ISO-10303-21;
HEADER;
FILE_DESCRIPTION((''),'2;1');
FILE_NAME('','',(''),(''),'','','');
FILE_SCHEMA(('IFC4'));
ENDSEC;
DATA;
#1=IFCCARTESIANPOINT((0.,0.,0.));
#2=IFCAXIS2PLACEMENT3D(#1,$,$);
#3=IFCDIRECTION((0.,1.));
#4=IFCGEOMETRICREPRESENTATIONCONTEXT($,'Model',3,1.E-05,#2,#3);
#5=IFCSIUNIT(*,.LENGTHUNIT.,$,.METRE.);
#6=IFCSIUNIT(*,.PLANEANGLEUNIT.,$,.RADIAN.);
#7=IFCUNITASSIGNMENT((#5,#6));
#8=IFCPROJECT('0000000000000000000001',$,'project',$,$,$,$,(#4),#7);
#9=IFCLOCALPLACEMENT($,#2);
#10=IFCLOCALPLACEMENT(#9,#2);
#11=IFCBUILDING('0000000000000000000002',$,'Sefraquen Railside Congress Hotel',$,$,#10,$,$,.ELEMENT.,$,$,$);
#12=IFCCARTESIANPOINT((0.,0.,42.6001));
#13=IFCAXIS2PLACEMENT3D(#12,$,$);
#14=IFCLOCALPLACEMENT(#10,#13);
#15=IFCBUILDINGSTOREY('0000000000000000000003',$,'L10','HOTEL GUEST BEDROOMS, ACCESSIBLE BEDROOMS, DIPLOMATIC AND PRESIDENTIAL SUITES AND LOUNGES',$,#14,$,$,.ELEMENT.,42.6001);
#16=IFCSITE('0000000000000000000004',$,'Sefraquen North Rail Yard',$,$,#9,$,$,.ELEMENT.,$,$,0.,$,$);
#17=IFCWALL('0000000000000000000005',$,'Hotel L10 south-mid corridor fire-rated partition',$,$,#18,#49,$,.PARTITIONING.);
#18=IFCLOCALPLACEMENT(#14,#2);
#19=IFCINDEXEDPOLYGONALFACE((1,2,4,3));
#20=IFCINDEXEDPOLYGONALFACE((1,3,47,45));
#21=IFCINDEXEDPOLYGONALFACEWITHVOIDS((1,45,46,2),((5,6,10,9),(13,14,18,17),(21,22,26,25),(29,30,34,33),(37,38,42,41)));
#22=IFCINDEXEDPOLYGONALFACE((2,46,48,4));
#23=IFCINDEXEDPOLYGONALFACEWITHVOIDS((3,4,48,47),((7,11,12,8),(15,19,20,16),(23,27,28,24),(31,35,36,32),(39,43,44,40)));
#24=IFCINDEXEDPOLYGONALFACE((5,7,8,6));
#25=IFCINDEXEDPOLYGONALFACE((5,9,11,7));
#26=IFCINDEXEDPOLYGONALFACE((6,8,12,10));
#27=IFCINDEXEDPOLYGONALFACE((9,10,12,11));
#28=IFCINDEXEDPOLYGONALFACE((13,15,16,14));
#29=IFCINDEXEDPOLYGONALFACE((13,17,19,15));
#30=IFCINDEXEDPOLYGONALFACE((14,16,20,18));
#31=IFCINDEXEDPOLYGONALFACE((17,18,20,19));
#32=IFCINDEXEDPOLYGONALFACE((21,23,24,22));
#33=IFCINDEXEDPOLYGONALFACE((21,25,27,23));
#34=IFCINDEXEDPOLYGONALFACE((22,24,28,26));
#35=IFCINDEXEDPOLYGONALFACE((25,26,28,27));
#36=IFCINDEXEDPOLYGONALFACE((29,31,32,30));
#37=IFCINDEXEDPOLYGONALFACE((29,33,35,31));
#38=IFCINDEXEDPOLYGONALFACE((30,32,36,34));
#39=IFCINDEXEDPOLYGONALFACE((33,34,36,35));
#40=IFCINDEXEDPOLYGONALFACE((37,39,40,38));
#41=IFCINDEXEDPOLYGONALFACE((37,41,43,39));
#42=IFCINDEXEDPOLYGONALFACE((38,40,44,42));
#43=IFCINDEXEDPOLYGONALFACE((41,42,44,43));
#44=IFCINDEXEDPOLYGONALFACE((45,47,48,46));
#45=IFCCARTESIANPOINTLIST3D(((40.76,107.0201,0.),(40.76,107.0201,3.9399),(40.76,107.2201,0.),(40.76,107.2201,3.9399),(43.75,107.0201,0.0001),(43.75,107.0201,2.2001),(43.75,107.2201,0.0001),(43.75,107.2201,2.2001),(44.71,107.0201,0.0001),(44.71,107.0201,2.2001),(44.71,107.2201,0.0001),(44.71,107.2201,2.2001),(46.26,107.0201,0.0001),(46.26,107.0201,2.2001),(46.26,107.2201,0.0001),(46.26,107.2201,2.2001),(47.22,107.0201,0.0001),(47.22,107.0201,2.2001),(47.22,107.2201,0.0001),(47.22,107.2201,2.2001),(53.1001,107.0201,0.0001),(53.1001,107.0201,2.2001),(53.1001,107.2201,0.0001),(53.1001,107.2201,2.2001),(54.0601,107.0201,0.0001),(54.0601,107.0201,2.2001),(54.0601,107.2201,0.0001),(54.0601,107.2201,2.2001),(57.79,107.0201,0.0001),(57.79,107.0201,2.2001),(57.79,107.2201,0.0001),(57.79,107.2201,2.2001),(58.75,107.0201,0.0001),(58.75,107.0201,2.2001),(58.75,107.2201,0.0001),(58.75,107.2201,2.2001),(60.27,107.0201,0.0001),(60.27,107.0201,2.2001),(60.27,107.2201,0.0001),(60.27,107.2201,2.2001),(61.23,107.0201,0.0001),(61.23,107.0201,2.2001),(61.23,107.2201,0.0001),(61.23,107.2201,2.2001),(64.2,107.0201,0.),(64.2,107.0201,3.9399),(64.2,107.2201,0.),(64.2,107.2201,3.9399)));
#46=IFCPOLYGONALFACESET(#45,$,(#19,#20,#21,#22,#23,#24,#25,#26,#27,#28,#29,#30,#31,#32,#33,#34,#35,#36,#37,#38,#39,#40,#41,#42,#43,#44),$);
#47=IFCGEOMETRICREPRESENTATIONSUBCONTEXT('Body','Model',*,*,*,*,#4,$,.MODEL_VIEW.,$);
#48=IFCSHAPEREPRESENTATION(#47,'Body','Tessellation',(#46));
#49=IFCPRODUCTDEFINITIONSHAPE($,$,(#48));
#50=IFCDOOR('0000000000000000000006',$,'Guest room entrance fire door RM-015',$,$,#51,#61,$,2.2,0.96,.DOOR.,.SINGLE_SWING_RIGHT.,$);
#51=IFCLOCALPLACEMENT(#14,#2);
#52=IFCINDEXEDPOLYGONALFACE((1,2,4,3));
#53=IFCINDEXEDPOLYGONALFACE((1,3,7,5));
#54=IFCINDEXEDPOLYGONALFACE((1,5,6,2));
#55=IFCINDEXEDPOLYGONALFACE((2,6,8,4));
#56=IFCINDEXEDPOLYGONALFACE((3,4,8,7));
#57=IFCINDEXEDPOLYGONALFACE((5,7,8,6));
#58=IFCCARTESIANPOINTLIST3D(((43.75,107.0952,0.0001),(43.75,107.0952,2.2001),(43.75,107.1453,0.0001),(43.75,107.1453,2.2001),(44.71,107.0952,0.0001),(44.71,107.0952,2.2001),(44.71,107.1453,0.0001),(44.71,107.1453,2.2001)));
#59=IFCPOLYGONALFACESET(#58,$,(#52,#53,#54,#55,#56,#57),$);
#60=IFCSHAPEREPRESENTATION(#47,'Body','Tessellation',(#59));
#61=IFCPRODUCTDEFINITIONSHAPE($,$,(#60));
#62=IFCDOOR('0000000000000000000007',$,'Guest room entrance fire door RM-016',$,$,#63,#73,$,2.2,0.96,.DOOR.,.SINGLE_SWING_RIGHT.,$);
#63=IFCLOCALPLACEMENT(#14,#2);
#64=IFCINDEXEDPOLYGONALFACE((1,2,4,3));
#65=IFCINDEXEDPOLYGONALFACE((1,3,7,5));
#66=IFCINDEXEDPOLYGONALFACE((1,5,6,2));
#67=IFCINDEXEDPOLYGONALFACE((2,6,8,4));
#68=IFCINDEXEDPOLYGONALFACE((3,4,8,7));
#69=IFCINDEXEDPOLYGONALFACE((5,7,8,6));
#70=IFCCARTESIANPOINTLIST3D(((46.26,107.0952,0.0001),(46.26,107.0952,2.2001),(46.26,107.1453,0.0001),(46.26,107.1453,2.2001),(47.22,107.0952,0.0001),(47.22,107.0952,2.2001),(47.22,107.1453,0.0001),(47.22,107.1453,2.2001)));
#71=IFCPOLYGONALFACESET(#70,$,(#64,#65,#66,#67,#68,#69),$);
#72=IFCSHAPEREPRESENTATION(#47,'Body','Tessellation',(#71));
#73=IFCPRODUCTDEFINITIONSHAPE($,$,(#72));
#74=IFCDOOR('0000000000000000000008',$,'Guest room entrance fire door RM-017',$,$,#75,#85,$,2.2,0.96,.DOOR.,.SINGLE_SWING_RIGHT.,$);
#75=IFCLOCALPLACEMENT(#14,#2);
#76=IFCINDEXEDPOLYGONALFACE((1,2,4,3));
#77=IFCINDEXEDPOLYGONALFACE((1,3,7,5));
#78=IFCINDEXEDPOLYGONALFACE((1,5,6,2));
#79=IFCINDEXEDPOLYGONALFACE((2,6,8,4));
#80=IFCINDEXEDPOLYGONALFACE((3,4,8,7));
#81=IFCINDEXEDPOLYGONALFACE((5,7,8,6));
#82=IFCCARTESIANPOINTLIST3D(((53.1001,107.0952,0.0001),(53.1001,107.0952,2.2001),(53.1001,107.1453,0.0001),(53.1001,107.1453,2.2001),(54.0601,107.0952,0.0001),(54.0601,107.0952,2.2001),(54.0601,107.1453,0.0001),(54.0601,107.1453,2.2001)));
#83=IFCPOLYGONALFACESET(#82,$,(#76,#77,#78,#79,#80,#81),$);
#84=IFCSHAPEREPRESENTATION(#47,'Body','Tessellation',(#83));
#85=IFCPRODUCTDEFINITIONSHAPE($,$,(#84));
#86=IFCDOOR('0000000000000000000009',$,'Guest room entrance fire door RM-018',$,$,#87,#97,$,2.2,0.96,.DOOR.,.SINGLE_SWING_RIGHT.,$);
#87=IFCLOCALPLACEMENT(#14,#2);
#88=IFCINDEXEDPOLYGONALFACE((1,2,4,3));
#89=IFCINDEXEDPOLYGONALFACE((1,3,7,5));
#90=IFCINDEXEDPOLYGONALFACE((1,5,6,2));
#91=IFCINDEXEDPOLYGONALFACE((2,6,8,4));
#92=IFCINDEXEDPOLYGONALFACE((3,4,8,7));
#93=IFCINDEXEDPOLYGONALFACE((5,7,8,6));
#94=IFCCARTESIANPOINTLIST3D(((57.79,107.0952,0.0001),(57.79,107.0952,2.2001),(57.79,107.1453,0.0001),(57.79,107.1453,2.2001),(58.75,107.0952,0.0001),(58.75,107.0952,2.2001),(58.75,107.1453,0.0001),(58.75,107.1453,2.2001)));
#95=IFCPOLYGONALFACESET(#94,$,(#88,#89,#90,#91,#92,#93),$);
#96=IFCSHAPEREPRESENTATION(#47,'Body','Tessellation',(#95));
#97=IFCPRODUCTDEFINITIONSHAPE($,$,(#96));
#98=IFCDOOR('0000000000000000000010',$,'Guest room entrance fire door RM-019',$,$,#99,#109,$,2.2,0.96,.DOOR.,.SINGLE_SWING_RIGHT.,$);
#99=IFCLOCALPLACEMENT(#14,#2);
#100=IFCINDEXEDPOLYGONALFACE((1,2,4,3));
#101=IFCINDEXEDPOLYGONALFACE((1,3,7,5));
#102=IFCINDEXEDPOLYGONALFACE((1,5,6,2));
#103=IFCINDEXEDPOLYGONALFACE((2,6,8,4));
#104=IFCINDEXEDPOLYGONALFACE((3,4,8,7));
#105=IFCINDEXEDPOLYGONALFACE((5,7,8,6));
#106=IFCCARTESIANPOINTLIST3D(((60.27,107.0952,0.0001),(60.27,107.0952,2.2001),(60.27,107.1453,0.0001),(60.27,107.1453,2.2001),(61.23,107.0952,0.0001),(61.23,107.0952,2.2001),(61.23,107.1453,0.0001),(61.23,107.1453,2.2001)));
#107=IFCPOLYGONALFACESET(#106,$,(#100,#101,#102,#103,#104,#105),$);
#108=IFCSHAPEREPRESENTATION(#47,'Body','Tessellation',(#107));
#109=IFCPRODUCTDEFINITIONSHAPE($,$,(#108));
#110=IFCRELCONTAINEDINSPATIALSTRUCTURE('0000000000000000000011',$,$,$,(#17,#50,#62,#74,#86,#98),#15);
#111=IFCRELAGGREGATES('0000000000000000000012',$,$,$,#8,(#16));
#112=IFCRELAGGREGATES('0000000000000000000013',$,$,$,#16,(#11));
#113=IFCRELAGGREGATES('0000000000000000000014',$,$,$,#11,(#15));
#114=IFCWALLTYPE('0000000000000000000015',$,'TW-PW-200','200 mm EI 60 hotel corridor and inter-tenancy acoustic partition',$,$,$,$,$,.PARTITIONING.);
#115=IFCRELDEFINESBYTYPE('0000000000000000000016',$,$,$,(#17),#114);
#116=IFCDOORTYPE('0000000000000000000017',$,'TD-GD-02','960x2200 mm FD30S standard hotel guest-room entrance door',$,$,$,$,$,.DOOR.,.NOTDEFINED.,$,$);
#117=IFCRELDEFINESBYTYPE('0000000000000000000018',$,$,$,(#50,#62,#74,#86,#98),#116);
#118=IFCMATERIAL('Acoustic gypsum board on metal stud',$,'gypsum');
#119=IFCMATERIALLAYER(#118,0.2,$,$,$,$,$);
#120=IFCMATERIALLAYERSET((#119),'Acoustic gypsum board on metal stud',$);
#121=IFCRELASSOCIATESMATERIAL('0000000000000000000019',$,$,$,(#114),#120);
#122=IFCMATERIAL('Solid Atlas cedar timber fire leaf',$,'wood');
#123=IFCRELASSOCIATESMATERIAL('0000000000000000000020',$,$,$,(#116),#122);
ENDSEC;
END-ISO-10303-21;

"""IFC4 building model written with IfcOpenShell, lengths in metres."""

from ifc_helpers import new_model, si_unit, direction, frame, frame_2d, origin, place, context, subcontext, project, spatial, rectangle, extrude, material, layer, layer_set, type_object, element, fill, save


model = new_model("IFC4")

# Units and contexts
model_context = context("Model", 3, precision=1e-05, world=origin(), true_north=direction((0.0, 1.0)))
body_context = subcontext(model_context, "Body", "Model", "MODEL_VIEW")
ifc_project = project(units=[si_unit("LENGTHUNIT", "METRE"), si_unit("PLANEANGLEUNIT", "RADIAN")], contexts=[model_context])

# Site, building, storey
site_placement = place(None, origin())
site = spatial("IfcSite", under=ifc_project, at=site_placement, Name="Sefraquen North Rail Yard", CompositionType="ELEMENT", RefElevation=0.0)
building_placement = place(site_placement, origin())
building = spatial("IfcBuilding", under=site, at=building_placement, Name="Sefraquen Railside Congress Hotel", CompositionType="ELEMENT")
storey_placement = place(building_placement, frame((0.0, 0.0, 42.6001)))
storey = spatial("IfcBuildingStorey", under=building, at=storey_placement, Name="L10", Description="HOTEL GUEST BEDROOMS, ACCESSIBLE BEDROOMS, DIPLOMATIC AND PRESIDENTIAL SUITES AND LOUNGES", CompositionType="ELEMENT", Elevation=42.6001)

# Shared definitions
ifc_material_1 = material(Name="Acoustic gypsum board on metal stud", Category="gypsum")

# Wall, openings, doors
ifc_layer_1 = layer(ifc_material_1, 0.2)
ifc_layer_set_1 = layer_set([ifc_layer_1], Name="Acoustic gypsum board on metal stud")
wall_type_1 = type_object("IfcWallType", Name="TW-PW-200", Description="200 mm EI 60 hotel corridor and inter-tenancy acoustic partition", PredefinedType="PARTITIONING", material=ifc_layer_set_1)
wall_1_placement = place(storey_placement, frame((40.76, 107.1201, 0.0), z_axis=(0.0, 0.0, 1.0), x_axis=(1.0, 0.0, 0.0)))
wall_1 = element("IfcWall", 1, at=wall_1_placement, inside=storey, type_object=wall_type_1, Name="Hotel L10 south-mid corridor fire-rated partition", PredefinedType="PARTITIONING", context=body_context, shape_type="SweptSolid", body=[
    extrude(rectangle(XDim=23.4399, YDim=0.2, at=frame_2d((11.72, 0.0))), origin(), (0.0, 0.0, 1.0), 3.9399),
])
opening_1_placement = place(wall_1_placement, frame((2.99, 0.0, 0.0)))
opening_1 = element("IfcOpeningElement", 2, at=opening_1_placement, cuts=wall_1, PredefinedType="OPENING", context=body_context, shape_type="SweptSolid", body=[
    extrude(rectangle(XDim=0.96, YDim=2.2, at=frame_2d((0.48, 1.1001))), frame((0.0, 0.1099, 0.0), z_axis=(0.0, -1.0, 0.0), x_axis=(1.0, 0.0, 0.0)), (0.0, 0.0, 1.0), 0.22),
])
opening_2_placement = place(wall_1_placement, frame((5.5, 0.0, 0.0)))
opening_2 = element("IfcOpeningElement", 3, at=opening_2_placement, cuts=wall_1, PredefinedType="OPENING", context=body_context, shape_type="SweptSolid", body=[
    extrude(rectangle(XDim=0.96, YDim=2.2, at=frame_2d((0.48, 1.1001))), frame((0.0, 0.1099, 0.0), z_axis=(0.0, -1.0, 0.0), x_axis=(1.0, 0.0, 0.0)), (0.0, 0.0, 1.0), 0.22),
])
opening_3_placement = place(wall_1_placement, frame((12.3401, 0.0, 0.0)))
opening_3 = element("IfcOpeningElement", 4, at=opening_3_placement, cuts=wall_1, PredefinedType="OPENING", context=body_context, shape_type="SweptSolid", body=[
    extrude(rectangle(XDim=0.96, YDim=2.2, at=frame_2d((0.48, 1.1001))), frame((0.0, 0.1099, 0.0), z_axis=(0.0, -1.0, 0.0), x_axis=(1.0, 0.0, 0.0)), (0.0, 0.0, 1.0), 0.22),
])
opening_4_placement = place(wall_1_placement, frame((17.03, 0.0, 0.0)))
opening_4 = element("IfcOpeningElement", 5, at=opening_4_placement, cuts=wall_1, PredefinedType="OPENING", context=body_context, shape_type="SweptSolid", body=[
    extrude(rectangle(XDim=0.96, YDim=2.2, at=frame_2d((0.48, 1.1001))), frame((0.0, 0.1099, 0.0), z_axis=(0.0, -1.0, 0.0), x_axis=(1.0, 0.0, 0.0)), (0.0, 0.0, 1.0), 0.22),
])
opening_5_placement = place(wall_1_placement, frame((19.51, 0.0, 0.0)))
opening_5 = element("IfcOpeningElement", 6, at=opening_5_placement, cuts=wall_1, PredefinedType="OPENING", context=body_context, shape_type="SweptSolid", body=[
    extrude(rectangle(XDim=0.96, YDim=2.2, at=frame_2d((0.48, 1.1001))), frame((0.0, 0.1099, 0.0), z_axis=(0.0, -1.0, 0.0), x_axis=(1.0, 0.0, 0.0)), (0.0, 0.0, 1.0), 0.22),
])
ifc_material_2 = material(Name="Solid Atlas cedar timber fire leaf", Category="wood")
door_type_1 = type_object("IfcDoorType", Name="TD-GD-02", Description="960x2200 mm FD30S standard hotel guest-room entrance door", OperationType="NOTDEFINED", PredefinedType="DOOR", material=ifc_material_2)
door_1_placement = place(opening_1_placement, frame((0.96, 0.0, 0.0), z_axis=(0.0, 0.0, 1.0), x_axis=(-1.0, 0.0, 0.0)))
door_1 = element("IfcDoor", 7, at=door_1_placement, inside=storey, type_object=door_type_1, Name="Guest room entrance fire door RM-015", OperationType="SINGLE_SWING_RIGHT", OverallHeight=2.2, OverallWidth=0.96, PredefinedType="DOOR", context=body_context, shape_type="SweptSolid", body=[
    extrude(rectangle(XDim=0.96, YDim=2.2, at=frame_2d((0.48, 1.1001))), frame((0.0, 0.0249, 0.0), z_axis=(0.0, -1.0, 0.0), x_axis=(1.0, 0.0, 0.0)), (0.0, 0.0, 1.0), 0.05),
])
fill(opening_1, door_1)
door_2_placement = place(opening_2_placement, frame((0.96, 0.0, 0.0), z_axis=(0.0, 0.0, 1.0), x_axis=(-1.0, 0.0, 0.0)))
door_2 = element("IfcDoor", 8, at=door_2_placement, inside=storey, type_object=door_type_1, Name="Guest room entrance fire door RM-016", OperationType="SINGLE_SWING_RIGHT", OverallHeight=2.2, OverallWidth=0.96, PredefinedType="DOOR", context=body_context, shape_type="SweptSolid", body=[
    extrude(rectangle(XDim=0.96, YDim=2.2, at=frame_2d((0.48, 1.1001))), frame((0.0, 0.0249, 0.0), z_axis=(0.0, -1.0, 0.0), x_axis=(1.0, 0.0, 0.0)), (0.0, 0.0, 1.0), 0.05),
])
fill(opening_2, door_2)
door_3_placement = place(opening_3_placement, frame((0.96, 0.0, 0.0), z_axis=(0.0, 0.0, 1.0), x_axis=(-1.0, 0.0, 0.0)))
door_3 = element("IfcDoor", 9, at=door_3_placement, inside=storey, type_object=door_type_1, Name="Guest room entrance fire door RM-017", OperationType="SINGLE_SWING_RIGHT", OverallHeight=2.2, OverallWidth=0.96, PredefinedType="DOOR", context=body_context, shape_type="SweptSolid", body=[
    extrude(rectangle(XDim=0.96, YDim=2.2, at=frame_2d((0.48, 1.1001))), frame((0.0, 0.0249, 0.0), z_axis=(0.0, -1.0, 0.0), x_axis=(1.0, 0.0, 0.0)), (0.0, 0.0, 1.0), 0.05),
])
fill(opening_3, door_3)
door_4_placement = place(opening_4_placement, frame((0.96, 0.0, 0.0), z_axis=(0.0, 0.0, 1.0), x_axis=(-1.0, 0.0, 0.0)))
door_4 = element("IfcDoor", 10, at=door_4_placement, inside=storey, type_object=door_type_1, Name="Guest room entrance fire door RM-018", OperationType="SINGLE_SWING_RIGHT", OverallHeight=2.2, OverallWidth=0.96, PredefinedType="DOOR", context=body_context, shape_type="SweptSolid", body=[
    extrude(rectangle(XDim=0.96, YDim=2.2, at=frame_2d((0.48, 1.1001))), frame((0.0, 0.0249, 0.0), z_axis=(0.0, -1.0, 0.0), x_axis=(1.0, 0.0, 0.0)), (0.0, 0.0, 1.0), 0.05),
])
fill(opening_4, door_4)
door_5_placement = place(opening_5_placement, frame((0.96, 0.0, 0.0), z_axis=(0.0, 0.0, 1.0), x_axis=(-1.0, 0.0, 0.0)))
door_5 = element("IfcDoor", 11, at=door_5_placement, inside=storey, type_object=door_type_1, Name="Guest room entrance fire door RM-019", OperationType="SINGLE_SWING_RIGHT", OverallHeight=2.2, OverallWidth=0.96, PredefinedType="DOOR", context=body_context, shape_type="SweptSolid", body=[
    extrude(rectangle(XDim=0.96, YDim=2.2, at=frame_2d((0.48, 1.1001))), frame((0.0, 0.0249, 0.0), z_axis=(0.0, -1.0, 0.0), x_axis=(1.0, 0.0, 0.0)), (0.0, 0.0, 1.0), 0.05),
])
fill(opening_5, door_5)

save(model, "model.ifc")
